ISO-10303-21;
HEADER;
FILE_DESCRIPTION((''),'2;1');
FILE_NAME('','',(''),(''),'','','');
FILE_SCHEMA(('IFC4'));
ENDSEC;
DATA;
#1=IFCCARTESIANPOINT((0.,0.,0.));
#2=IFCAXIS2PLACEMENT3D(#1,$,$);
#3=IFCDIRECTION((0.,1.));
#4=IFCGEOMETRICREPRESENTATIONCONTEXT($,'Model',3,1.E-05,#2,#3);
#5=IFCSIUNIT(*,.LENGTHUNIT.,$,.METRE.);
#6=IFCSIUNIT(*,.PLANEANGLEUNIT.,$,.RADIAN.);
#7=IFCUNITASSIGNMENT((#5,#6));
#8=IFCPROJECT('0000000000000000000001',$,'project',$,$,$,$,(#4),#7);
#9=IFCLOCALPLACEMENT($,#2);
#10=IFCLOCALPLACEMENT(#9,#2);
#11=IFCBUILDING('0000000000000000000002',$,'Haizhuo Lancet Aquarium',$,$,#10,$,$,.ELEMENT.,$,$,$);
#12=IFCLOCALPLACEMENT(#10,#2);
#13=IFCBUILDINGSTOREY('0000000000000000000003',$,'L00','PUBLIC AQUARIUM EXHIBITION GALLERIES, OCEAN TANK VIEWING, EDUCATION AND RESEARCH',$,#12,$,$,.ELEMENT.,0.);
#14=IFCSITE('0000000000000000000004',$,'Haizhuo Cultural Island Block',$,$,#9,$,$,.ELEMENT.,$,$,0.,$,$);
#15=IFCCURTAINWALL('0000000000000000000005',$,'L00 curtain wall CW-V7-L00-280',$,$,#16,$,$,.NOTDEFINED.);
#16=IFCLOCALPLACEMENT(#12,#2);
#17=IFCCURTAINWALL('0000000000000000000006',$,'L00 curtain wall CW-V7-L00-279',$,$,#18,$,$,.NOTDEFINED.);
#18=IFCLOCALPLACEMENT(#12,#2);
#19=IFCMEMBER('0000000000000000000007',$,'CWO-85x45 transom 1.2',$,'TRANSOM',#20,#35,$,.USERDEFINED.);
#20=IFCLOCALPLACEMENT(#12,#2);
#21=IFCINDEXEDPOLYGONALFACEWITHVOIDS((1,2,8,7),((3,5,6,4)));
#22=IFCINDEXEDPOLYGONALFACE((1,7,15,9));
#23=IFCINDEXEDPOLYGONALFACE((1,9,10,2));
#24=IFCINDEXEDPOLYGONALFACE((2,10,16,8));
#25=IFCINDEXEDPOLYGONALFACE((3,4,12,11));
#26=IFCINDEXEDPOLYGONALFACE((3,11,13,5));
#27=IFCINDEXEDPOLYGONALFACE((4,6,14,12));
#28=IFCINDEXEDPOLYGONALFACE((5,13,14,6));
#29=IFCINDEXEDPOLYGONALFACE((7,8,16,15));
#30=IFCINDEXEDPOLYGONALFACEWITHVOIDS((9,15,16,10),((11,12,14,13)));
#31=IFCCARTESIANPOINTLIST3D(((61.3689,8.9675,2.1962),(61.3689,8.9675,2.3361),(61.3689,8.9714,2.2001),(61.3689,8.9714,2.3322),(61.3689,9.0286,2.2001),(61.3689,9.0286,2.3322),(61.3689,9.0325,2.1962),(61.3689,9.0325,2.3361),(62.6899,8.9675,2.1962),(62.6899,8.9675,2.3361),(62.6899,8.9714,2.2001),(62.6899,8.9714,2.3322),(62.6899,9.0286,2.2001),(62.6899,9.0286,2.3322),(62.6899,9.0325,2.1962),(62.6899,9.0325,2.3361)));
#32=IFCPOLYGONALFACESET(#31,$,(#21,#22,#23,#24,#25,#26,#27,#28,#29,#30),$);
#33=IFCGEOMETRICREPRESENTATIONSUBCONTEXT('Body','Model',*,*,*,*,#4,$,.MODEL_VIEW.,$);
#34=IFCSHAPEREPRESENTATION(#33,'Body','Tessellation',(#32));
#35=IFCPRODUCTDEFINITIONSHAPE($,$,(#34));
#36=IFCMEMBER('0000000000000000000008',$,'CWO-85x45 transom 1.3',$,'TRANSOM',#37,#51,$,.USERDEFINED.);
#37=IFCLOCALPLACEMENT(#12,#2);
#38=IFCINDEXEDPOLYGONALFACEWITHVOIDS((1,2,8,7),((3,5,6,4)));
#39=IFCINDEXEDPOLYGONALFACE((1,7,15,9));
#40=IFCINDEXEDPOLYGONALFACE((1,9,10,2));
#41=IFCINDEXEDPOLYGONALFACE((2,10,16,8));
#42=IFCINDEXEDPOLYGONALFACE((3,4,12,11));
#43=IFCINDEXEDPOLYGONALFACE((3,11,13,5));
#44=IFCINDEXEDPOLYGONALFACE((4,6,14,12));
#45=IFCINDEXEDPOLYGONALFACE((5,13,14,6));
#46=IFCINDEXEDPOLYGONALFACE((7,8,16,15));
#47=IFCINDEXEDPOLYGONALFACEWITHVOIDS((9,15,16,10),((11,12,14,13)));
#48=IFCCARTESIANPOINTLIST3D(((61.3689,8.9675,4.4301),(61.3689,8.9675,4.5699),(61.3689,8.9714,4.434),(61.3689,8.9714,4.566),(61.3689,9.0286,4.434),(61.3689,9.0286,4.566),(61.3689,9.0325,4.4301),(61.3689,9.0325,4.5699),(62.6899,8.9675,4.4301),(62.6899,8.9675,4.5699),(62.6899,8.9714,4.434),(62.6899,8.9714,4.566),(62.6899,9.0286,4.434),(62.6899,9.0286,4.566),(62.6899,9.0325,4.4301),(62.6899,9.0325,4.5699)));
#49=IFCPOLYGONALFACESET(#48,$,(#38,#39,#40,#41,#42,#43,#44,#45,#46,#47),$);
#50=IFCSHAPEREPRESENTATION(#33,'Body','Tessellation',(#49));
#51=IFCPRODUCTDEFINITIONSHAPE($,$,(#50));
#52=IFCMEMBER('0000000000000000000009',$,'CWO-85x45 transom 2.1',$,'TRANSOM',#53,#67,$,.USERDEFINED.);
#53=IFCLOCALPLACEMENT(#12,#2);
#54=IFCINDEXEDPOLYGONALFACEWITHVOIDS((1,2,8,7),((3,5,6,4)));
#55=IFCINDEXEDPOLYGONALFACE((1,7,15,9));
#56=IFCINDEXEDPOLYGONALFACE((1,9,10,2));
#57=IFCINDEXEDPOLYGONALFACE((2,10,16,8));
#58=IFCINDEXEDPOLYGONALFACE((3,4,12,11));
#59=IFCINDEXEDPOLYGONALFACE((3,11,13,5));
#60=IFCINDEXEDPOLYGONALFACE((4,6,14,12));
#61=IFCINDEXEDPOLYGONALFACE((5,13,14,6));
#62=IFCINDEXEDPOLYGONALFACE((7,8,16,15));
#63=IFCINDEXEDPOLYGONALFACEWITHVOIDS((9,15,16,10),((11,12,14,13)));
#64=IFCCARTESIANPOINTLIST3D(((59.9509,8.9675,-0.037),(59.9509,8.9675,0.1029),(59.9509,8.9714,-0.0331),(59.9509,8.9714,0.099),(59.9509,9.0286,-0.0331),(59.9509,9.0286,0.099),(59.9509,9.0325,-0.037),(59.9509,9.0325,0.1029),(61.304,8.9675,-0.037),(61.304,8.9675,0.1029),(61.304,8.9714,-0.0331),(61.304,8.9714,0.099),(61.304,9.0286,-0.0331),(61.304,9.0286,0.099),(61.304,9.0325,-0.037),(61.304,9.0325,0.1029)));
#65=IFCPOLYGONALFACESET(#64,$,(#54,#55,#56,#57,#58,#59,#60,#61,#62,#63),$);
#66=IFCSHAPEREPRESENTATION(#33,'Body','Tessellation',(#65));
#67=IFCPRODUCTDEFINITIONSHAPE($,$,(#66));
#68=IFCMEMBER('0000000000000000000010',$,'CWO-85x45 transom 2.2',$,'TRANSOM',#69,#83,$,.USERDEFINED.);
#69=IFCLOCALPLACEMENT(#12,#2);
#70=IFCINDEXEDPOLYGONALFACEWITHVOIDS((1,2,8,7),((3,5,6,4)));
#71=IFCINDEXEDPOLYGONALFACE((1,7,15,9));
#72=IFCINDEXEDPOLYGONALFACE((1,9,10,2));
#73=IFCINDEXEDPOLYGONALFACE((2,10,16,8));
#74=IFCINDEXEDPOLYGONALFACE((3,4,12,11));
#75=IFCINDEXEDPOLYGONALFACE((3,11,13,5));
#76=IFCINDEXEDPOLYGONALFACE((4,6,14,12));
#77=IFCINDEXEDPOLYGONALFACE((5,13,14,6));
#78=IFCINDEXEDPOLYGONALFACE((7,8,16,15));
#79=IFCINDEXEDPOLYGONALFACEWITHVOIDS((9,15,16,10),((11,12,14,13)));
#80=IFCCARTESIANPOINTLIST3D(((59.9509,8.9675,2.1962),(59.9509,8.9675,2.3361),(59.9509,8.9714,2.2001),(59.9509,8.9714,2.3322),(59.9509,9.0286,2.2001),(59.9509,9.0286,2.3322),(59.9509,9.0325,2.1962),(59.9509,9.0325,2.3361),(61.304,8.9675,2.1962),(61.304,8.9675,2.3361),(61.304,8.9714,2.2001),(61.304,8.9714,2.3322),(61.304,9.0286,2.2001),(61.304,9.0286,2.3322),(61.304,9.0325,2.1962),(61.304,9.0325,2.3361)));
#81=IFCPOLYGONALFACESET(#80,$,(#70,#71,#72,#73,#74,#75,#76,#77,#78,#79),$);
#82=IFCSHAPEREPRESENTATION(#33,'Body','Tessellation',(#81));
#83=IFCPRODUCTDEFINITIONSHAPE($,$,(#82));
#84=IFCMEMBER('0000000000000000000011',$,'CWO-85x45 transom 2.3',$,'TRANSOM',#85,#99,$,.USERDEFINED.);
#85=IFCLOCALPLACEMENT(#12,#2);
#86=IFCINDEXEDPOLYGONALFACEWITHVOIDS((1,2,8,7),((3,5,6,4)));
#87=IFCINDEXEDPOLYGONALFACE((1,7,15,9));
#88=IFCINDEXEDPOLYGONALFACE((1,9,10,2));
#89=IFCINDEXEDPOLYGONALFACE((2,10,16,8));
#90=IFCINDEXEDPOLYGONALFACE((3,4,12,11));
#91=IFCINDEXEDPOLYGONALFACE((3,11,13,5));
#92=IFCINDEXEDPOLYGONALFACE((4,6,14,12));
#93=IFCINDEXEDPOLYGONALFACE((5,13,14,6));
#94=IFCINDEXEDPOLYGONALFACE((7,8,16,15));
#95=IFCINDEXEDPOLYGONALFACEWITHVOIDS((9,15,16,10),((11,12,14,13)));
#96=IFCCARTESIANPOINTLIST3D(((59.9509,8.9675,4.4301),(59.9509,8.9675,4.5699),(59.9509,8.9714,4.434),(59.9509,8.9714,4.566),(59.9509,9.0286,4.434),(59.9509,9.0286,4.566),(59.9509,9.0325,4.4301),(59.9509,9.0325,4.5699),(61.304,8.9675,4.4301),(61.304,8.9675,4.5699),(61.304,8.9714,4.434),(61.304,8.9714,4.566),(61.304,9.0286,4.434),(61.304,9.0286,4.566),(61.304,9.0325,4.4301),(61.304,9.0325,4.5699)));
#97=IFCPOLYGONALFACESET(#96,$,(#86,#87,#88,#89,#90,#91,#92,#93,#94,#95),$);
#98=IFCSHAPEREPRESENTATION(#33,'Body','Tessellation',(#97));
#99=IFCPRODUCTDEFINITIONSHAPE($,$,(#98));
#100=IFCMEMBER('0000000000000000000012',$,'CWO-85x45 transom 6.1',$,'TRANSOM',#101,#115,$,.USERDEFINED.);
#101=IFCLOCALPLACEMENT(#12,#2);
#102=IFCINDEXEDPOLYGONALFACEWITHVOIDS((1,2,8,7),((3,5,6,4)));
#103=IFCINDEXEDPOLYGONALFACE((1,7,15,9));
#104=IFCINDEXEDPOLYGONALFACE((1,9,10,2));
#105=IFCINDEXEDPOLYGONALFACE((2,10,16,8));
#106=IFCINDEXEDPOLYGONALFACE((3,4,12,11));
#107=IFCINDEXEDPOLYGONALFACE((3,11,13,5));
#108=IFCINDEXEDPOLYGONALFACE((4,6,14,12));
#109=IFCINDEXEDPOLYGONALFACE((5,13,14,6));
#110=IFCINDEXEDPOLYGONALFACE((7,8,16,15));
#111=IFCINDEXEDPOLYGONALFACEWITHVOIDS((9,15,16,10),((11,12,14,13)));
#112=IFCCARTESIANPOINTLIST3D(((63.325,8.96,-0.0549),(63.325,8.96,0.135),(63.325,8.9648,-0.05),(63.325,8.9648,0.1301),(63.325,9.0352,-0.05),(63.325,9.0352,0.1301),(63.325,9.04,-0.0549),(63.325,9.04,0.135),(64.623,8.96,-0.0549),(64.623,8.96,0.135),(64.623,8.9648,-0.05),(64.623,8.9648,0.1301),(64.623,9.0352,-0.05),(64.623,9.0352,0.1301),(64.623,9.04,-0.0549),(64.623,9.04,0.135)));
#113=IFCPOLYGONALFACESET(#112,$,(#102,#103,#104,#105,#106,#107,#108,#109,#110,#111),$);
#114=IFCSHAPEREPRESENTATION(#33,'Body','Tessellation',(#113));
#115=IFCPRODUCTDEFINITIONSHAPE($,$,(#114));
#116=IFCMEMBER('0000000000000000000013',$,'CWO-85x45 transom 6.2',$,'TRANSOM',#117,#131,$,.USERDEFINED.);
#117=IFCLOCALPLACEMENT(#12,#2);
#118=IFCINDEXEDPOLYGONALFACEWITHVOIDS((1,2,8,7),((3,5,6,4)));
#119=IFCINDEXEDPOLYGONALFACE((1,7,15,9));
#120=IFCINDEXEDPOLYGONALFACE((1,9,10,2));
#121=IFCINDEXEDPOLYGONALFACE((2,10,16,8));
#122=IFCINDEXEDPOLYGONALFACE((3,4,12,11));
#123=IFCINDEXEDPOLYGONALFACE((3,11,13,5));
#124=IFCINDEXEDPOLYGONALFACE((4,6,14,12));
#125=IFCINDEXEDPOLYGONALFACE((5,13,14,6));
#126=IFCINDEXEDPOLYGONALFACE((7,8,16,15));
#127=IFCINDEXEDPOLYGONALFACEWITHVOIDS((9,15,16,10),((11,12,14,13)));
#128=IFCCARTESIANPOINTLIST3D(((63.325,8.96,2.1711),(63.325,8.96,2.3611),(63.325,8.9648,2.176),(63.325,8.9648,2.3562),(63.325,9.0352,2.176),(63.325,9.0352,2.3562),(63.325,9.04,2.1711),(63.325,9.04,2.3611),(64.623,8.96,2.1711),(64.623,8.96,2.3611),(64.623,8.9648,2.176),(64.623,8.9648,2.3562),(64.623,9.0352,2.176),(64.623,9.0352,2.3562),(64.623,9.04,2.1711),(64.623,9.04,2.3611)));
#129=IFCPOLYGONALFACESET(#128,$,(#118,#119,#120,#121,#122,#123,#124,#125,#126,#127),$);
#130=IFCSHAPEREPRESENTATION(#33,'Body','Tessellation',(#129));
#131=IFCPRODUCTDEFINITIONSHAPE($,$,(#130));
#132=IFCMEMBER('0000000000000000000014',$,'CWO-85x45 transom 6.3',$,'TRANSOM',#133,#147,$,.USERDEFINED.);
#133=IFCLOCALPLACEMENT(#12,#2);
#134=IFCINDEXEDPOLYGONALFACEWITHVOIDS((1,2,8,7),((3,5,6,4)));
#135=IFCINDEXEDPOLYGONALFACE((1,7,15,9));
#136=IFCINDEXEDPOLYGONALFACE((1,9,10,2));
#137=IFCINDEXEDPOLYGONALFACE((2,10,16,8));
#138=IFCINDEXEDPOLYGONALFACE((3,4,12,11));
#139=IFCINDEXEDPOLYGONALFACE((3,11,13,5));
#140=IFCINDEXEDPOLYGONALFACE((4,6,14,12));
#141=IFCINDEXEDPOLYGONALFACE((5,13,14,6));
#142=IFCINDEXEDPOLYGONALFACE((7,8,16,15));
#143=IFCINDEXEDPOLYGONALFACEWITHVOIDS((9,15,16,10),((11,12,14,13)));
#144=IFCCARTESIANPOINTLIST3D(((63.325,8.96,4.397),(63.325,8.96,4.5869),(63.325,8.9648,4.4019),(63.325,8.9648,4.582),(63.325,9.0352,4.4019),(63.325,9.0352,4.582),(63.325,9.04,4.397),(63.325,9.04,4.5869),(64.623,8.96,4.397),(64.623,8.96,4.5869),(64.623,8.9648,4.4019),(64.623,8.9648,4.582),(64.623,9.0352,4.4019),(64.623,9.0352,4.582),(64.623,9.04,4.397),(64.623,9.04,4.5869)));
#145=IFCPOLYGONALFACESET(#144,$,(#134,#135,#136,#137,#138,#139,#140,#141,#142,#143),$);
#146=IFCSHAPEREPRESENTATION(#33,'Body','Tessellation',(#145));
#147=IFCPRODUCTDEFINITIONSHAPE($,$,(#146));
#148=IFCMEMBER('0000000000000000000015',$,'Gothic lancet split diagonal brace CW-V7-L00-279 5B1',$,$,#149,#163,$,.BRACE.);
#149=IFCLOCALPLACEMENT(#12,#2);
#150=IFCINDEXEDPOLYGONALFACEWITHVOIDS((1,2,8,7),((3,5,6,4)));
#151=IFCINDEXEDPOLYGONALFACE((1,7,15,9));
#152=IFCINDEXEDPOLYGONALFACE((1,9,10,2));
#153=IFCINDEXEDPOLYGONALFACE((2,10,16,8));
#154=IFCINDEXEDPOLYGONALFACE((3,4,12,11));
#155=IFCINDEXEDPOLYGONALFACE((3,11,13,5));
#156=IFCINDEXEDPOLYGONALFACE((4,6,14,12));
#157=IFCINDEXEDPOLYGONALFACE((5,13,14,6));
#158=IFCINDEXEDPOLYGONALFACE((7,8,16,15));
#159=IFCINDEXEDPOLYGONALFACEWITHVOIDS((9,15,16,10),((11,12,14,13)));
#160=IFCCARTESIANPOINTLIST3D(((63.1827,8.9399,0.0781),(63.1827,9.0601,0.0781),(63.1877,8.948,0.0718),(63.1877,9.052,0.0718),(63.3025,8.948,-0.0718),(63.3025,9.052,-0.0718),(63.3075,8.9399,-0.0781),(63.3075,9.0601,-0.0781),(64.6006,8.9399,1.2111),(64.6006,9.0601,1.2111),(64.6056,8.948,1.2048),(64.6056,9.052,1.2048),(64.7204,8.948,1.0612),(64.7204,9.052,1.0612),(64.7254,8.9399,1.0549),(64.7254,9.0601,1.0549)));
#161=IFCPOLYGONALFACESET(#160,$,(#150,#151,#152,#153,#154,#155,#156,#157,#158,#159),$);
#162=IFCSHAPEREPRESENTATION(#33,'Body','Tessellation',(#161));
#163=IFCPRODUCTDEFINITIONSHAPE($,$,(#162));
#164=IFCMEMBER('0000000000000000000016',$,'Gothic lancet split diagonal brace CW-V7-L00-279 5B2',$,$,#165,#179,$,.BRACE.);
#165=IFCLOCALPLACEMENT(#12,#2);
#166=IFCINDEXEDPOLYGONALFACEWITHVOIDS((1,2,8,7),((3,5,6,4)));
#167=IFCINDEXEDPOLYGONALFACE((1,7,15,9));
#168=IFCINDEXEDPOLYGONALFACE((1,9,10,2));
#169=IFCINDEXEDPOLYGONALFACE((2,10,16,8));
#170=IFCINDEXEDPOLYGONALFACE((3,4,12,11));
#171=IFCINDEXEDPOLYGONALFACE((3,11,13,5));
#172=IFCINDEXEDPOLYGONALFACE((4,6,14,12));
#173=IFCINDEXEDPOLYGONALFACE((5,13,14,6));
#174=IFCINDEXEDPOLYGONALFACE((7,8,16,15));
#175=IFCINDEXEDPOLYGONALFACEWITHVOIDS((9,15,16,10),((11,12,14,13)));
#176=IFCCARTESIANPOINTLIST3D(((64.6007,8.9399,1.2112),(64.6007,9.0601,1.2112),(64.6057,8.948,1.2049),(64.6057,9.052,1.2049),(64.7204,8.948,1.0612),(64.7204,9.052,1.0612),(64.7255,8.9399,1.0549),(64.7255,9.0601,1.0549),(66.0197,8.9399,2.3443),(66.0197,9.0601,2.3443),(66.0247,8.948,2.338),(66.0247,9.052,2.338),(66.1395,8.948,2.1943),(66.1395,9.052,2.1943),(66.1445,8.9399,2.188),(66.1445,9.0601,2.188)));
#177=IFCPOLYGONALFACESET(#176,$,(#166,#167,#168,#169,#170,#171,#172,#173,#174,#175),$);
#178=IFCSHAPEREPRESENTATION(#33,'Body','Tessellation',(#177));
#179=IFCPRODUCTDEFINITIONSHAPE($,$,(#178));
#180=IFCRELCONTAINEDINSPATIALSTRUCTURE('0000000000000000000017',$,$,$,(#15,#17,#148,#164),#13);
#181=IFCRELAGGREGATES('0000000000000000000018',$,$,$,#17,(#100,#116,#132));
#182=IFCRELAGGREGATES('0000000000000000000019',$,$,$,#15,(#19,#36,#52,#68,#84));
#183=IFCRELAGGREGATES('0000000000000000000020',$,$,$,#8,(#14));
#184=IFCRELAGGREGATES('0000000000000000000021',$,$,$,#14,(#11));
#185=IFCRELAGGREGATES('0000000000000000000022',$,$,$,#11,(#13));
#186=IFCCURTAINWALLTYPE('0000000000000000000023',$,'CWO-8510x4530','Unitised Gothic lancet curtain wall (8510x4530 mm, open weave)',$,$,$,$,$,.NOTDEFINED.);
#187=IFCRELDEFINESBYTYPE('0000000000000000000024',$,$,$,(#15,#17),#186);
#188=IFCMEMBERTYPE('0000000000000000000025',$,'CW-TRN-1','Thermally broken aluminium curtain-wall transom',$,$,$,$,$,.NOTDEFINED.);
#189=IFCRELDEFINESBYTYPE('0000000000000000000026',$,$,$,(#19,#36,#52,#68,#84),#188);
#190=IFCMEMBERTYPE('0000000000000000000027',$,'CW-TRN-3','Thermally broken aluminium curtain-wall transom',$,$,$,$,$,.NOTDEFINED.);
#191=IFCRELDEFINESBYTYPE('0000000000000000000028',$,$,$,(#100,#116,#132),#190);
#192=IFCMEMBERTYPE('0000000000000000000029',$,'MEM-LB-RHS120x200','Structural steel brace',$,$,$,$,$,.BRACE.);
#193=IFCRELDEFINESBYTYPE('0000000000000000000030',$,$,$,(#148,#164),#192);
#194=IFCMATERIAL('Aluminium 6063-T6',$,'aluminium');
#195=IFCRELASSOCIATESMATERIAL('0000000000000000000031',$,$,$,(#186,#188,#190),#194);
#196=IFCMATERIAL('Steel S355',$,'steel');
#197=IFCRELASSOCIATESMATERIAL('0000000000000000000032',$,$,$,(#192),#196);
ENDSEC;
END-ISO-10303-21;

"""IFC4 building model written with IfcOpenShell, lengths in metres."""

from ifc_helpers import new_model, si_unit, direction, frame, origin, origin_2d, place, context, subcontext, project, spatial, hollow_rectangle, extrude, material, material_profile, profile_set, type_object, element, aggregate, save


model = new_model("IFC4")

# Units and contexts
model_context = context("Model", 3, precision=1e-05, world=origin(), true_north=direction((0.0, 1.0)))
body_context = subcontext(model_context, "Body", "Model", "MODEL_VIEW")
ifc_project = project(units=[si_unit("LENGTHUNIT", "METRE"), si_unit("PLANEANGLEUNIT", "RADIAN")], contexts=[model_context])

# Site, building, storey
site_placement = place(None, origin())
site = spatial("IfcSite", under=ifc_project, at=site_placement, Name="Haizhuo Cultural Island Block", CompositionType="ELEMENT", RefElevation=0.0)
building_placement = place(site_placement, origin())
building = spatial("IfcBuilding", under=site, at=building_placement, Name="Haizhuo Lancet Aquarium", CompositionType="ELEMENT")
storey_placement = place(building_placement, origin())
storey = spatial("IfcBuildingStorey", under=building, at=storey_placement, Name="L00", Description="PUBLIC AQUARIUM EXHIBITION GALLERIES, OCEAN TANK VIEWING, EDUCATION AND RESEARCH", CompositionType="ELEMENT", Elevation=0.0)

# Shared definitions
ifc_material_1 = material(Name="Steel S355", Category="steel")

# Curtain walls
ifc_material_2 = material(Name="Aluminium 6063-T6", Category="aluminium")
curtain_wall_type = type_object("IfcCurtainWallType", Name="CWO-8510x4530", Description="Unitised Gothic lancet curtain wall (8510x4530 mm, open weave)", PredefinedType="NOTDEFINED", material=ifc_material_2)
curtain_wall_1_placement = place(storey_placement, origin())
curtain_wall_1 = element("IfcCurtainWall", 1, at=curtain_wall_1_placement, inside=storey, type_object=curtain_wall_type, Name="L00 curtain wall CW-V7-L00-280", PredefinedType="NOTDEFINED")
curtain_wall_2_placement = place(storey_placement, origin())
curtain_wall_2 = element("IfcCurtainWall", 2, at=curtain_wall_2_placement, inside=storey, type_object=curtain_wall_type, Name="L00 curtain wall CW-V7-L00-279", PredefinedType="NOTDEFINED")

# Members
ifc_material_profile_1 = material_profile(ifc_material_2, hollow_rectangle(XDim=0.0649, YDim=0.1399, WallThickness=0.0039, at=origin_2d()), Name="ALU-T 65x140x4")
ifc_profile_set_1 = profile_set([ifc_material_profile_1], Name="Aluminium 6063-T6")
member_type_1 = type_object("IfcMemberType", Name="CW-TRN-1", Description="Thermally broken aluminium curtain-wall transom", PredefinedType="NOTDEFINED", material=ifc_profile_set_1)
member_1_placement = place(storey_placement, frame((62.6899, 9.0, 2.2661), z_axis=(-1.0, 0.0, 0.0), x_axis=(0.0, -1.0, 0.0)))
member_1 = element("IfcMember", 3, at=member_1_placement, type_object=member_type_1, Name="CWO-85x45 transom 1.2", ObjectType="TRANSOM", PredefinedType="USERDEFINED", context=body_context, shape_type="SweptSolid", body=[
    extrude(hollow_rectangle(XDim=0.0649, YDim=0.1399, WallThickness=0.0039, at=origin_2d()), origin(), (0.0, 0.0, 1.0), 1.321),
])
member_2_placement = place(storey_placement, frame((62.6899, 9.0, 4.5), z_axis=(-1.0, 0.0, 0.0), x_axis=(0.0, -1.0, 0.0)))
member_2 = element("IfcMember", 4, at=member_2_placement, type_object=member_type_1, Name="CWO-85x45 transom 1.3", ObjectType="TRANSOM", PredefinedType="USERDEFINED", context=body_context, shape_type="SweptSolid", body=[
    extrude(hollow_rectangle(XDim=0.0649, YDim=0.1399, WallThickness=0.0039, at=origin_2d()), origin(), (0.0, 0.0, 1.0), 1.321),
])
member_3_placement = place(storey_placement, frame((61.304, 9.0, 0.033), z_axis=(-1.0, 0.0, 0.0), x_axis=(0.0, -1.0, 0.0)))
member_3 = element("IfcMember", 5, at=member_3_placement, type_object=member_type_1, Name="CWO-85x45 transom 2.1", ObjectType="TRANSOM", PredefinedType="USERDEFINED", context=body_context, shape_type="SweptSolid", body=[
    extrude(hollow_rectangle(XDim=0.0649, YDim=0.1399, WallThickness=0.0039, at=origin_2d()), origin(), (0.0, 0.0, 1.0), 1.353),
])
member_4_placement = place(storey_placement, frame((61.304, 9.0, 2.2661), z_axis=(-1.0, 0.0, 0.0), x_axis=(0.0, -1.0, 0.0)))
member_4 = element("IfcMember", 6, at=member_4_placement, type_object=member_type_1, Name="CWO-85x45 transom 2.2", ObjectType="TRANSOM", PredefinedType="USERDEFINED", context=body_context, shape_type="SweptSolid", body=[
    extrude(hollow_rectangle(XDim=0.0649, YDim=0.1399, WallThickness=0.0039, at=origin_2d()), origin(), (0.0, 0.0, 1.0), 1.353),
])
member_5_placement = place(storey_placement, frame((61.304, 9.0, 4.5), z_axis=(-1.0, 0.0, 0.0), x_axis=(0.0, -1.0, 0.0)))
member_5 = element("IfcMember", 7, at=member_5_placement, type_object=member_type_1, Name="CWO-85x45 transom 2.3", ObjectType="TRANSOM", PredefinedType="USERDEFINED", context=body_context, shape_type="SweptSolid", body=[
    extrude(hollow_rectangle(XDim=0.0649, YDim=0.1399, WallThickness=0.0039, at=origin_2d()), origin(), (0.0, 0.0, 1.0), 1.353),
])
ifc_material_profile_2 = material_profile(ifc_material_2, hollow_rectangle(XDim=0.0801, YDim=0.1899, WallThickness=0.0049, at=origin_2d()), Name="ALU-T 80x190x5")
ifc_profile_set_2 = profile_set([ifc_material_profile_2], Name="Aluminium 6063-T6")
member_type_2 = type_object("IfcMemberType", Name="CW-TRN-3", Description="Thermally broken aluminium curtain-wall transom", PredefinedType="NOTDEFINED", material=ifc_profile_set_2)
member_6_placement = place(storey_placement, frame((64.623, 9.0, 0.04), z_axis=(-1.0, 0.0, 0.0), x_axis=(0.0, -1.0, 0.0)))
member_6 = element("IfcMember", 8, at=member_6_placement, type_object=member_type_2, Name="CWO-85x45 transom 6.1", ObjectType="TRANSOM", PredefinedType="USERDEFINED", context=body_context, shape_type="SweptSolid", body=[
    extrude(hollow_rectangle(XDim=0.0801, YDim=0.1899, WallThickness=0.0049, at=origin_2d()), origin(), (0.0, 0.0, 1.0), 1.2981),
])
member_7_placement = place(storey_placement, frame((64.623, 9.0, 2.2661), z_axis=(-1.0, 0.0, 0.0), x_axis=(0.0, -1.0, 0.0)))
member_7 = element("IfcMember", 9, at=member_7_placement, type_object=member_type_2, Name="CWO-85x45 transom 6.2", ObjectType="TRANSOM", PredefinedType="USERDEFINED", context=body_context, shape_type="SweptSolid", body=[
    extrude(hollow_rectangle(XDim=0.0801, YDim=0.1899, WallThickness=0.0049, at=origin_2d()), origin(), (0.0, 0.0, 1.0), 1.2981),
])
member_8_placement = place(storey_placement, frame((64.623, 9.0, 4.4919), z_axis=(-1.0, 0.0, 0.0), x_axis=(0.0, -1.0, 0.0)))
member_8 = element("IfcMember", 10, at=member_8_placement, type_object=member_type_2, Name="CWO-85x45 transom 6.3", ObjectType="TRANSOM", PredefinedType="USERDEFINED", context=body_context, shape_type="SweptSolid", body=[
    extrude(hollow_rectangle(XDim=0.0801, YDim=0.1899, WallThickness=0.0049, at=origin_2d()), origin(), (0.0, 0.0, 1.0), 1.2981),
])

# Members
ifc_material_profile_3 = material_profile(ifc_material_1, hollow_rectangle(XDim=0.1201, YDim=0.2, WallThickness=0.0081, at=origin_2d()), Name="RHS 120x200x8")
ifc_profile_set_3 = profile_set([ifc_material_profile_3], Name="Steel S355")
member_type_3 = type_object("IfcMemberType", Name="MEM-LB-RHS120x200", Description="Structural steel brace", PredefinedType="BRACE", material=ifc_profile_set_3)
member_9_placement = place(storey_placement, frame((63.2451, 9.0, 0.0), z_axis=(0.781223, 0.0, 0.624252), x_axis=(0.0, 1.0, 0.0)))
element("IfcMember", 11, at=member_9_placement, inside=storey, type_object=member_type_3, Name="Gothic lancet split diagonal brace CW-V7-L00-279 5B1", PredefinedType="BRACE", context=body_context, shape_type="SweptSolid", body=[
    extrude(hollow_rectangle(XDim=0.1201, YDim=0.2, WallThickness=0.0081, at=origin_2d()), origin(), (0.0, 0.0, 1.0), 1.8149),
])
member_10_placement = place(storey_placement, frame((64.6631, 9.0, 1.1331), z_axis=(0.781433, 0.0, 0.62399), x_axis=(0.0, 1.0, 0.0)))
element("IfcMember", 12, at=member_10_placement, inside=storey, type_object=member_type_3, Name="Gothic lancet split diagonal brace CW-V7-L00-279 5B2", PredefinedType="BRACE", context=body_context, shape_type="SweptSolid", body=[
    extrude(hollow_rectangle(XDim=0.1201, YDim=0.2, WallThickness=0.0081, at=origin_2d()), origin(), (0.0, 0.0, 1.0), 1.8159),
])

aggregate(curtain_wall_2, [member_6, member_7, member_8])
aggregate(curtain_wall_1, [member_1, member_2, member_3, member_4, member_5])

save(model, "model.ifc")
